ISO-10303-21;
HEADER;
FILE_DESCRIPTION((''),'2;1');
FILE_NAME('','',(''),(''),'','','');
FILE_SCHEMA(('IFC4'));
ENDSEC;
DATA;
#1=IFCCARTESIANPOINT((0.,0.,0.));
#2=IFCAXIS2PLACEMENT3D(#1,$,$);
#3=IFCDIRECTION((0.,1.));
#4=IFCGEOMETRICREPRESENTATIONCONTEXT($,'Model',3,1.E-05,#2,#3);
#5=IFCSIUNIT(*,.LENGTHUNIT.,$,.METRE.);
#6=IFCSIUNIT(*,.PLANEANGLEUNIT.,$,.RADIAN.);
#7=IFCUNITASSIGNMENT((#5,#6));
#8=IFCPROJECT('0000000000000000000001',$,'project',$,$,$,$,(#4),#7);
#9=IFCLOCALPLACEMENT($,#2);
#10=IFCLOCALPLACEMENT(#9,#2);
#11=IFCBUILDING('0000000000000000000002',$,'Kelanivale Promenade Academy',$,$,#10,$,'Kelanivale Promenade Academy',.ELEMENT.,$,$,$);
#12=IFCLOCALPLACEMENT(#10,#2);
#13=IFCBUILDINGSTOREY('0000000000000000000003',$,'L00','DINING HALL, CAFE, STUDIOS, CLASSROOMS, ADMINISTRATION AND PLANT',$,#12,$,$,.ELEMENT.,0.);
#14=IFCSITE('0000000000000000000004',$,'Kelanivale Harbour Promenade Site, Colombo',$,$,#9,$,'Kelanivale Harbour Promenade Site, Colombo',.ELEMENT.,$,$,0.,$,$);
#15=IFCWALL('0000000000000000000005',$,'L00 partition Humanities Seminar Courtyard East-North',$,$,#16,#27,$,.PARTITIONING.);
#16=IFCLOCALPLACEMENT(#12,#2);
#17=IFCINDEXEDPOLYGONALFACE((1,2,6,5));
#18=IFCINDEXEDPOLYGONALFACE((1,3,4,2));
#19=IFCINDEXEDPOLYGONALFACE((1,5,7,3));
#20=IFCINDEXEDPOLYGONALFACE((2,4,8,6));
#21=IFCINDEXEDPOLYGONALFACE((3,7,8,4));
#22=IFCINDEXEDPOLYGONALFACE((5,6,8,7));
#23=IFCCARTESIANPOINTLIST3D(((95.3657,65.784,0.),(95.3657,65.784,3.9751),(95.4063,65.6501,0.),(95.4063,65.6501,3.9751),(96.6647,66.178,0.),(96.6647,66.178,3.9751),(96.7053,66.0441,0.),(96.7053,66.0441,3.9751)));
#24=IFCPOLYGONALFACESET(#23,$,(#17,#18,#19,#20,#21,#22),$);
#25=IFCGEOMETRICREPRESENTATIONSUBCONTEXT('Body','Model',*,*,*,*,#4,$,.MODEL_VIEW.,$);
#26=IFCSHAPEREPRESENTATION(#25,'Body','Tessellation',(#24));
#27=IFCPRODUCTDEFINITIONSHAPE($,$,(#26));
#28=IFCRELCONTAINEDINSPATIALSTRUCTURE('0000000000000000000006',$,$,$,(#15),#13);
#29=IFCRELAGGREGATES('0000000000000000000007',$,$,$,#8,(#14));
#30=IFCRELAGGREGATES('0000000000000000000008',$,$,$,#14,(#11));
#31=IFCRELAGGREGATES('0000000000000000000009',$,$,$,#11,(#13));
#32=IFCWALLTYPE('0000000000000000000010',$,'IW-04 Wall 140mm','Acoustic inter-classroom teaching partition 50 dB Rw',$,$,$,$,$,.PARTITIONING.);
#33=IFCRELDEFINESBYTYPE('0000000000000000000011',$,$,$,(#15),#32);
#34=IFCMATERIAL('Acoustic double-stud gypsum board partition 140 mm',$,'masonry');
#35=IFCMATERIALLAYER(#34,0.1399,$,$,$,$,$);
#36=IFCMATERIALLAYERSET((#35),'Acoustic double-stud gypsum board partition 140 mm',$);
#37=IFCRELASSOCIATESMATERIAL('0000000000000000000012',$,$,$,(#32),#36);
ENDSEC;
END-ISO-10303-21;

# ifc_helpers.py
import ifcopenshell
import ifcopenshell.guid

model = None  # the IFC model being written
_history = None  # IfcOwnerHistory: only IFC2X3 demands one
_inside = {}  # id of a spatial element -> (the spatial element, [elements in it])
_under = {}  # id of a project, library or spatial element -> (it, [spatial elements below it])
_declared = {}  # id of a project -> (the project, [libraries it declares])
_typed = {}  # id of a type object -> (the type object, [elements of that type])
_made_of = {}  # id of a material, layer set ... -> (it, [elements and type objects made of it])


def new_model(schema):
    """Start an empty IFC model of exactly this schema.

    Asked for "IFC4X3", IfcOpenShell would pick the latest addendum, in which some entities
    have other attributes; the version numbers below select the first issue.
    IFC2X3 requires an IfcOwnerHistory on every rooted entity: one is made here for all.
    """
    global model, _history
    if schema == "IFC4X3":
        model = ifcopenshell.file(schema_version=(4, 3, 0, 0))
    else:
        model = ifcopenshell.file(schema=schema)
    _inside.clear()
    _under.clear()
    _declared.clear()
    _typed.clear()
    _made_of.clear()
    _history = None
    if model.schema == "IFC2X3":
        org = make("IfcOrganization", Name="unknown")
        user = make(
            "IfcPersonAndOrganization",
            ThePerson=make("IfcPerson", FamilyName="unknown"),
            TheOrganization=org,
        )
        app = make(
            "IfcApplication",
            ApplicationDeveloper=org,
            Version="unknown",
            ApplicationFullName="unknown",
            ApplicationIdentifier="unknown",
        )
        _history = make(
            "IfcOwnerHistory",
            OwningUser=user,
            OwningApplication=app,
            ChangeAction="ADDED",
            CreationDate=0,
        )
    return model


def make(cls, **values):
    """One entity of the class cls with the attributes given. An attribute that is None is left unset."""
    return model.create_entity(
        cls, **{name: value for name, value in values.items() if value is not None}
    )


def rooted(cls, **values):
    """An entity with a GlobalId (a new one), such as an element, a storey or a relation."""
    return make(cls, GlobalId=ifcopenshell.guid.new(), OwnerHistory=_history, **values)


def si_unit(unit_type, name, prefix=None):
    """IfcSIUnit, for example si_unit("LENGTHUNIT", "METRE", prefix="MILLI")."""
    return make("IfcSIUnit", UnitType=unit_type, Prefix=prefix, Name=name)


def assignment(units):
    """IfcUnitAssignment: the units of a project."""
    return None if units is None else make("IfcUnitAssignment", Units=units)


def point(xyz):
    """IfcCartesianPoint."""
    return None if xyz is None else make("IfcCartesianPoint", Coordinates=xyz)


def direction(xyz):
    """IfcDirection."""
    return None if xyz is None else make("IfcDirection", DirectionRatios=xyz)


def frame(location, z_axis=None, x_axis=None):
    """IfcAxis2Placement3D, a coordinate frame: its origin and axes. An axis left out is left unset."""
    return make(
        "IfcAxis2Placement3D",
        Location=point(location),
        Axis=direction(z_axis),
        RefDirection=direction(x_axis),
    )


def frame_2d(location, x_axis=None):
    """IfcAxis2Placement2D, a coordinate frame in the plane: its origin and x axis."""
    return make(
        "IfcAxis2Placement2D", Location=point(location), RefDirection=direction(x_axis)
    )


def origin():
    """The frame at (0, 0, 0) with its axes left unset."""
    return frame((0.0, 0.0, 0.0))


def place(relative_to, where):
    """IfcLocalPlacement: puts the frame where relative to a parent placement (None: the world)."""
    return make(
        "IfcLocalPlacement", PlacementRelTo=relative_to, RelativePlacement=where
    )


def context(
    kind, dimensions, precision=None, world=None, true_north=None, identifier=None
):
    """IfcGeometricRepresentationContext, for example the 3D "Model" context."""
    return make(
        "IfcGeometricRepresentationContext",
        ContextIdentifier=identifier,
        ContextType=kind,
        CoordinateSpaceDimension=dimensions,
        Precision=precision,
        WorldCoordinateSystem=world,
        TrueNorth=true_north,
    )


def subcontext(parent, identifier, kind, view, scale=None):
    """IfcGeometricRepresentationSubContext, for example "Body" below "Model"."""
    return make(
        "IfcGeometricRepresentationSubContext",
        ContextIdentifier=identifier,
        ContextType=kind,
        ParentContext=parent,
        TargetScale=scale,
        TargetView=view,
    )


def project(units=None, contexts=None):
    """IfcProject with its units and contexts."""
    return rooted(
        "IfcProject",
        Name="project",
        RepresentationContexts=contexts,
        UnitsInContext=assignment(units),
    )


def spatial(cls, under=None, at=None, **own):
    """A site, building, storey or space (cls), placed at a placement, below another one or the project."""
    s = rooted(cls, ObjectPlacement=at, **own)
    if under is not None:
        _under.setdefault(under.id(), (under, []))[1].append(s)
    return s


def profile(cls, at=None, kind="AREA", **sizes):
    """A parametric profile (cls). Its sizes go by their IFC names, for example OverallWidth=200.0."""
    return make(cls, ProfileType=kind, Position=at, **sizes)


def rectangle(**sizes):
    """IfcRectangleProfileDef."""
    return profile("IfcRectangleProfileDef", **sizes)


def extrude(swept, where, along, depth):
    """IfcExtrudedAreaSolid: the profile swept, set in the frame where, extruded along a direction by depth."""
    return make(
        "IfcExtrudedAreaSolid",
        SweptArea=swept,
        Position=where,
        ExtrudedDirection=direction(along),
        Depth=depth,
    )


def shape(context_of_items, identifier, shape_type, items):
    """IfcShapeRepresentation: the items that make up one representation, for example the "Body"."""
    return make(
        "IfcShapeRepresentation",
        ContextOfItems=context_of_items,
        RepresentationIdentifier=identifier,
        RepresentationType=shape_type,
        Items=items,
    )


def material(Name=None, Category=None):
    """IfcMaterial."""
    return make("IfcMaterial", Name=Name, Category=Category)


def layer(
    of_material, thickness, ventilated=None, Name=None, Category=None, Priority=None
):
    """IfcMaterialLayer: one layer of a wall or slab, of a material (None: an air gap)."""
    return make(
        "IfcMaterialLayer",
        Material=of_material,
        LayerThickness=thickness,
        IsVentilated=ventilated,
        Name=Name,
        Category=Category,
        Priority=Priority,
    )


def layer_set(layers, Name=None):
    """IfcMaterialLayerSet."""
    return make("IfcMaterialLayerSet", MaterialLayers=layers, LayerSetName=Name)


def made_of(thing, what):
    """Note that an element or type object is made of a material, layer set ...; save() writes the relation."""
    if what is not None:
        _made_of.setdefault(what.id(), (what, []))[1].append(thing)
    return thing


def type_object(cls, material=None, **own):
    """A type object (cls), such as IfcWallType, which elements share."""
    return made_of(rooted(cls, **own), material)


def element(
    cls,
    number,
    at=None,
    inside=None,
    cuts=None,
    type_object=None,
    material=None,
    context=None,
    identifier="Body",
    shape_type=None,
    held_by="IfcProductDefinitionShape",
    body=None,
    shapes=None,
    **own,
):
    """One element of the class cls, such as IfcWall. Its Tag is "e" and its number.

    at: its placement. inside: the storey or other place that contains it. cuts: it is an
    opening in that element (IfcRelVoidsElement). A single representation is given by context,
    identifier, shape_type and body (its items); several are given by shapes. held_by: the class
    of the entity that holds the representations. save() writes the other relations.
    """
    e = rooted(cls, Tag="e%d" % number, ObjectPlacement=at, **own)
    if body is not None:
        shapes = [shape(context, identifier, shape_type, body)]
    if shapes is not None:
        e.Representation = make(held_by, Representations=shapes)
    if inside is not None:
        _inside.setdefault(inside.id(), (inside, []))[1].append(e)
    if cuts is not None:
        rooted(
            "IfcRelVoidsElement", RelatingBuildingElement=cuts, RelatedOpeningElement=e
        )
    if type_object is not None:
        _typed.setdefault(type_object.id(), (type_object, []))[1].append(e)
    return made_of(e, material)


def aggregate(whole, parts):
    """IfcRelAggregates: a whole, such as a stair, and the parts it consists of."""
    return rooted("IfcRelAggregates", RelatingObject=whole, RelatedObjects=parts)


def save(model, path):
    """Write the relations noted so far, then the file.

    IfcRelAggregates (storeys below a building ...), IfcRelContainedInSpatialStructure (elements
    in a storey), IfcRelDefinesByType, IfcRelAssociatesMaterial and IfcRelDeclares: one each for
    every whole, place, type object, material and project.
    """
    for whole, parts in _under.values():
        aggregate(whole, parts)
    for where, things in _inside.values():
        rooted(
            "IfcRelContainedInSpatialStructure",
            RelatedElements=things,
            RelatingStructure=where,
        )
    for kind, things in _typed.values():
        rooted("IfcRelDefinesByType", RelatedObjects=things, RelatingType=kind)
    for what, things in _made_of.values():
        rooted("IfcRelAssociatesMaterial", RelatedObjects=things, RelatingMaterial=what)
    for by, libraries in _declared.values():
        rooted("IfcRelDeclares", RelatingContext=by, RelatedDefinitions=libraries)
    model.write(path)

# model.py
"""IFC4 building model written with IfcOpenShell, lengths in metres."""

from ifc_helpers import new_model, si_unit, direction, frame, frame_2d, origin, place, context, subcontext, project, spatial, rectangle, extrude, material, layer, layer_set, type_object, element, save


model = new_model("IFC4")

# Units and contexts
model_context = context("Model", 3, precision=1e-05, world=origin(), true_north=direction((0.0, 1.0)))
body_context = subcontext(model_context, "Body", "Model", "MODEL_VIEW")
ifc_project = project(units=[si_unit("LENGTHUNIT", "METRE"), si_unit("PLANEANGLEUNIT", "RADIAN")], contexts=[model_context])

# Site, building, storey
site_placement = place(None, origin())
site = spatial("IfcSite", under=ifc_project, at=site_placement, Name="Kelanivale Harbour Promenade Site, Colombo", LongName="Kelanivale Harbour Promenade Site, Colombo", CompositionType="ELEMENT", RefElevation=0.0)
building_placement = place(site_placement, origin())
building = spatial("IfcBuilding", under=site, at=building_placement, Name="Kelanivale Promenade Academy", LongName="Kelanivale Promenade Academy", CompositionType="ELEMENT")
storey_placement = place(building_placement, origin())
storey = spatial("IfcBuildingStorey", under=building, at=storey_placement, Name="L00", Description="DINING HALL, CAFE, STUDIOS, CLASSROOMS, ADMINISTRATION AND PLANT", CompositionType="ELEMENT", Elevation=0.0)

# Wall
ifc_material_1 = material(Name="Acoustic double-stud gypsum board partition 140 mm", Category="masonry")
ifc_layer_1 = layer(ifc_material_1, 0.1399)
ifc_layer_set_1 = layer_set([ifc_layer_1], Name="Acoustic double-stud gypsum board partition 140 mm")
wall_type_1 = type_object("IfcWallType", Name="IW-04 Wall 140mm", Description="Acoustic inter-classroom teaching partition 50 dB Rw", PredefinedType="PARTITIONING", material=ifc_layer_set_1)
wall_1_placement = place(storey_placement, frame((95.386, 65.717, 0.0), z_axis=(0.0, 0.0, 1.0), x_axis=(0.956946, 0.290267, 0.0)))
element("IfcWall", 1, at=wall_1_placement, inside=storey, type_object=wall_type_1, Name="L00 partition Humanities Seminar Courtyard East-North", PredefinedType="PARTITIONING", context=body_context, shape_type="SweptSolid", body=[
    extrude(rectangle(XDim=1.3574, YDim=0.1399, at=frame_2d((0.6787, 0.0))), origin(), (0.0, 0.0, 1.0), 3.9751),
])

save(model, "model.ifc")
